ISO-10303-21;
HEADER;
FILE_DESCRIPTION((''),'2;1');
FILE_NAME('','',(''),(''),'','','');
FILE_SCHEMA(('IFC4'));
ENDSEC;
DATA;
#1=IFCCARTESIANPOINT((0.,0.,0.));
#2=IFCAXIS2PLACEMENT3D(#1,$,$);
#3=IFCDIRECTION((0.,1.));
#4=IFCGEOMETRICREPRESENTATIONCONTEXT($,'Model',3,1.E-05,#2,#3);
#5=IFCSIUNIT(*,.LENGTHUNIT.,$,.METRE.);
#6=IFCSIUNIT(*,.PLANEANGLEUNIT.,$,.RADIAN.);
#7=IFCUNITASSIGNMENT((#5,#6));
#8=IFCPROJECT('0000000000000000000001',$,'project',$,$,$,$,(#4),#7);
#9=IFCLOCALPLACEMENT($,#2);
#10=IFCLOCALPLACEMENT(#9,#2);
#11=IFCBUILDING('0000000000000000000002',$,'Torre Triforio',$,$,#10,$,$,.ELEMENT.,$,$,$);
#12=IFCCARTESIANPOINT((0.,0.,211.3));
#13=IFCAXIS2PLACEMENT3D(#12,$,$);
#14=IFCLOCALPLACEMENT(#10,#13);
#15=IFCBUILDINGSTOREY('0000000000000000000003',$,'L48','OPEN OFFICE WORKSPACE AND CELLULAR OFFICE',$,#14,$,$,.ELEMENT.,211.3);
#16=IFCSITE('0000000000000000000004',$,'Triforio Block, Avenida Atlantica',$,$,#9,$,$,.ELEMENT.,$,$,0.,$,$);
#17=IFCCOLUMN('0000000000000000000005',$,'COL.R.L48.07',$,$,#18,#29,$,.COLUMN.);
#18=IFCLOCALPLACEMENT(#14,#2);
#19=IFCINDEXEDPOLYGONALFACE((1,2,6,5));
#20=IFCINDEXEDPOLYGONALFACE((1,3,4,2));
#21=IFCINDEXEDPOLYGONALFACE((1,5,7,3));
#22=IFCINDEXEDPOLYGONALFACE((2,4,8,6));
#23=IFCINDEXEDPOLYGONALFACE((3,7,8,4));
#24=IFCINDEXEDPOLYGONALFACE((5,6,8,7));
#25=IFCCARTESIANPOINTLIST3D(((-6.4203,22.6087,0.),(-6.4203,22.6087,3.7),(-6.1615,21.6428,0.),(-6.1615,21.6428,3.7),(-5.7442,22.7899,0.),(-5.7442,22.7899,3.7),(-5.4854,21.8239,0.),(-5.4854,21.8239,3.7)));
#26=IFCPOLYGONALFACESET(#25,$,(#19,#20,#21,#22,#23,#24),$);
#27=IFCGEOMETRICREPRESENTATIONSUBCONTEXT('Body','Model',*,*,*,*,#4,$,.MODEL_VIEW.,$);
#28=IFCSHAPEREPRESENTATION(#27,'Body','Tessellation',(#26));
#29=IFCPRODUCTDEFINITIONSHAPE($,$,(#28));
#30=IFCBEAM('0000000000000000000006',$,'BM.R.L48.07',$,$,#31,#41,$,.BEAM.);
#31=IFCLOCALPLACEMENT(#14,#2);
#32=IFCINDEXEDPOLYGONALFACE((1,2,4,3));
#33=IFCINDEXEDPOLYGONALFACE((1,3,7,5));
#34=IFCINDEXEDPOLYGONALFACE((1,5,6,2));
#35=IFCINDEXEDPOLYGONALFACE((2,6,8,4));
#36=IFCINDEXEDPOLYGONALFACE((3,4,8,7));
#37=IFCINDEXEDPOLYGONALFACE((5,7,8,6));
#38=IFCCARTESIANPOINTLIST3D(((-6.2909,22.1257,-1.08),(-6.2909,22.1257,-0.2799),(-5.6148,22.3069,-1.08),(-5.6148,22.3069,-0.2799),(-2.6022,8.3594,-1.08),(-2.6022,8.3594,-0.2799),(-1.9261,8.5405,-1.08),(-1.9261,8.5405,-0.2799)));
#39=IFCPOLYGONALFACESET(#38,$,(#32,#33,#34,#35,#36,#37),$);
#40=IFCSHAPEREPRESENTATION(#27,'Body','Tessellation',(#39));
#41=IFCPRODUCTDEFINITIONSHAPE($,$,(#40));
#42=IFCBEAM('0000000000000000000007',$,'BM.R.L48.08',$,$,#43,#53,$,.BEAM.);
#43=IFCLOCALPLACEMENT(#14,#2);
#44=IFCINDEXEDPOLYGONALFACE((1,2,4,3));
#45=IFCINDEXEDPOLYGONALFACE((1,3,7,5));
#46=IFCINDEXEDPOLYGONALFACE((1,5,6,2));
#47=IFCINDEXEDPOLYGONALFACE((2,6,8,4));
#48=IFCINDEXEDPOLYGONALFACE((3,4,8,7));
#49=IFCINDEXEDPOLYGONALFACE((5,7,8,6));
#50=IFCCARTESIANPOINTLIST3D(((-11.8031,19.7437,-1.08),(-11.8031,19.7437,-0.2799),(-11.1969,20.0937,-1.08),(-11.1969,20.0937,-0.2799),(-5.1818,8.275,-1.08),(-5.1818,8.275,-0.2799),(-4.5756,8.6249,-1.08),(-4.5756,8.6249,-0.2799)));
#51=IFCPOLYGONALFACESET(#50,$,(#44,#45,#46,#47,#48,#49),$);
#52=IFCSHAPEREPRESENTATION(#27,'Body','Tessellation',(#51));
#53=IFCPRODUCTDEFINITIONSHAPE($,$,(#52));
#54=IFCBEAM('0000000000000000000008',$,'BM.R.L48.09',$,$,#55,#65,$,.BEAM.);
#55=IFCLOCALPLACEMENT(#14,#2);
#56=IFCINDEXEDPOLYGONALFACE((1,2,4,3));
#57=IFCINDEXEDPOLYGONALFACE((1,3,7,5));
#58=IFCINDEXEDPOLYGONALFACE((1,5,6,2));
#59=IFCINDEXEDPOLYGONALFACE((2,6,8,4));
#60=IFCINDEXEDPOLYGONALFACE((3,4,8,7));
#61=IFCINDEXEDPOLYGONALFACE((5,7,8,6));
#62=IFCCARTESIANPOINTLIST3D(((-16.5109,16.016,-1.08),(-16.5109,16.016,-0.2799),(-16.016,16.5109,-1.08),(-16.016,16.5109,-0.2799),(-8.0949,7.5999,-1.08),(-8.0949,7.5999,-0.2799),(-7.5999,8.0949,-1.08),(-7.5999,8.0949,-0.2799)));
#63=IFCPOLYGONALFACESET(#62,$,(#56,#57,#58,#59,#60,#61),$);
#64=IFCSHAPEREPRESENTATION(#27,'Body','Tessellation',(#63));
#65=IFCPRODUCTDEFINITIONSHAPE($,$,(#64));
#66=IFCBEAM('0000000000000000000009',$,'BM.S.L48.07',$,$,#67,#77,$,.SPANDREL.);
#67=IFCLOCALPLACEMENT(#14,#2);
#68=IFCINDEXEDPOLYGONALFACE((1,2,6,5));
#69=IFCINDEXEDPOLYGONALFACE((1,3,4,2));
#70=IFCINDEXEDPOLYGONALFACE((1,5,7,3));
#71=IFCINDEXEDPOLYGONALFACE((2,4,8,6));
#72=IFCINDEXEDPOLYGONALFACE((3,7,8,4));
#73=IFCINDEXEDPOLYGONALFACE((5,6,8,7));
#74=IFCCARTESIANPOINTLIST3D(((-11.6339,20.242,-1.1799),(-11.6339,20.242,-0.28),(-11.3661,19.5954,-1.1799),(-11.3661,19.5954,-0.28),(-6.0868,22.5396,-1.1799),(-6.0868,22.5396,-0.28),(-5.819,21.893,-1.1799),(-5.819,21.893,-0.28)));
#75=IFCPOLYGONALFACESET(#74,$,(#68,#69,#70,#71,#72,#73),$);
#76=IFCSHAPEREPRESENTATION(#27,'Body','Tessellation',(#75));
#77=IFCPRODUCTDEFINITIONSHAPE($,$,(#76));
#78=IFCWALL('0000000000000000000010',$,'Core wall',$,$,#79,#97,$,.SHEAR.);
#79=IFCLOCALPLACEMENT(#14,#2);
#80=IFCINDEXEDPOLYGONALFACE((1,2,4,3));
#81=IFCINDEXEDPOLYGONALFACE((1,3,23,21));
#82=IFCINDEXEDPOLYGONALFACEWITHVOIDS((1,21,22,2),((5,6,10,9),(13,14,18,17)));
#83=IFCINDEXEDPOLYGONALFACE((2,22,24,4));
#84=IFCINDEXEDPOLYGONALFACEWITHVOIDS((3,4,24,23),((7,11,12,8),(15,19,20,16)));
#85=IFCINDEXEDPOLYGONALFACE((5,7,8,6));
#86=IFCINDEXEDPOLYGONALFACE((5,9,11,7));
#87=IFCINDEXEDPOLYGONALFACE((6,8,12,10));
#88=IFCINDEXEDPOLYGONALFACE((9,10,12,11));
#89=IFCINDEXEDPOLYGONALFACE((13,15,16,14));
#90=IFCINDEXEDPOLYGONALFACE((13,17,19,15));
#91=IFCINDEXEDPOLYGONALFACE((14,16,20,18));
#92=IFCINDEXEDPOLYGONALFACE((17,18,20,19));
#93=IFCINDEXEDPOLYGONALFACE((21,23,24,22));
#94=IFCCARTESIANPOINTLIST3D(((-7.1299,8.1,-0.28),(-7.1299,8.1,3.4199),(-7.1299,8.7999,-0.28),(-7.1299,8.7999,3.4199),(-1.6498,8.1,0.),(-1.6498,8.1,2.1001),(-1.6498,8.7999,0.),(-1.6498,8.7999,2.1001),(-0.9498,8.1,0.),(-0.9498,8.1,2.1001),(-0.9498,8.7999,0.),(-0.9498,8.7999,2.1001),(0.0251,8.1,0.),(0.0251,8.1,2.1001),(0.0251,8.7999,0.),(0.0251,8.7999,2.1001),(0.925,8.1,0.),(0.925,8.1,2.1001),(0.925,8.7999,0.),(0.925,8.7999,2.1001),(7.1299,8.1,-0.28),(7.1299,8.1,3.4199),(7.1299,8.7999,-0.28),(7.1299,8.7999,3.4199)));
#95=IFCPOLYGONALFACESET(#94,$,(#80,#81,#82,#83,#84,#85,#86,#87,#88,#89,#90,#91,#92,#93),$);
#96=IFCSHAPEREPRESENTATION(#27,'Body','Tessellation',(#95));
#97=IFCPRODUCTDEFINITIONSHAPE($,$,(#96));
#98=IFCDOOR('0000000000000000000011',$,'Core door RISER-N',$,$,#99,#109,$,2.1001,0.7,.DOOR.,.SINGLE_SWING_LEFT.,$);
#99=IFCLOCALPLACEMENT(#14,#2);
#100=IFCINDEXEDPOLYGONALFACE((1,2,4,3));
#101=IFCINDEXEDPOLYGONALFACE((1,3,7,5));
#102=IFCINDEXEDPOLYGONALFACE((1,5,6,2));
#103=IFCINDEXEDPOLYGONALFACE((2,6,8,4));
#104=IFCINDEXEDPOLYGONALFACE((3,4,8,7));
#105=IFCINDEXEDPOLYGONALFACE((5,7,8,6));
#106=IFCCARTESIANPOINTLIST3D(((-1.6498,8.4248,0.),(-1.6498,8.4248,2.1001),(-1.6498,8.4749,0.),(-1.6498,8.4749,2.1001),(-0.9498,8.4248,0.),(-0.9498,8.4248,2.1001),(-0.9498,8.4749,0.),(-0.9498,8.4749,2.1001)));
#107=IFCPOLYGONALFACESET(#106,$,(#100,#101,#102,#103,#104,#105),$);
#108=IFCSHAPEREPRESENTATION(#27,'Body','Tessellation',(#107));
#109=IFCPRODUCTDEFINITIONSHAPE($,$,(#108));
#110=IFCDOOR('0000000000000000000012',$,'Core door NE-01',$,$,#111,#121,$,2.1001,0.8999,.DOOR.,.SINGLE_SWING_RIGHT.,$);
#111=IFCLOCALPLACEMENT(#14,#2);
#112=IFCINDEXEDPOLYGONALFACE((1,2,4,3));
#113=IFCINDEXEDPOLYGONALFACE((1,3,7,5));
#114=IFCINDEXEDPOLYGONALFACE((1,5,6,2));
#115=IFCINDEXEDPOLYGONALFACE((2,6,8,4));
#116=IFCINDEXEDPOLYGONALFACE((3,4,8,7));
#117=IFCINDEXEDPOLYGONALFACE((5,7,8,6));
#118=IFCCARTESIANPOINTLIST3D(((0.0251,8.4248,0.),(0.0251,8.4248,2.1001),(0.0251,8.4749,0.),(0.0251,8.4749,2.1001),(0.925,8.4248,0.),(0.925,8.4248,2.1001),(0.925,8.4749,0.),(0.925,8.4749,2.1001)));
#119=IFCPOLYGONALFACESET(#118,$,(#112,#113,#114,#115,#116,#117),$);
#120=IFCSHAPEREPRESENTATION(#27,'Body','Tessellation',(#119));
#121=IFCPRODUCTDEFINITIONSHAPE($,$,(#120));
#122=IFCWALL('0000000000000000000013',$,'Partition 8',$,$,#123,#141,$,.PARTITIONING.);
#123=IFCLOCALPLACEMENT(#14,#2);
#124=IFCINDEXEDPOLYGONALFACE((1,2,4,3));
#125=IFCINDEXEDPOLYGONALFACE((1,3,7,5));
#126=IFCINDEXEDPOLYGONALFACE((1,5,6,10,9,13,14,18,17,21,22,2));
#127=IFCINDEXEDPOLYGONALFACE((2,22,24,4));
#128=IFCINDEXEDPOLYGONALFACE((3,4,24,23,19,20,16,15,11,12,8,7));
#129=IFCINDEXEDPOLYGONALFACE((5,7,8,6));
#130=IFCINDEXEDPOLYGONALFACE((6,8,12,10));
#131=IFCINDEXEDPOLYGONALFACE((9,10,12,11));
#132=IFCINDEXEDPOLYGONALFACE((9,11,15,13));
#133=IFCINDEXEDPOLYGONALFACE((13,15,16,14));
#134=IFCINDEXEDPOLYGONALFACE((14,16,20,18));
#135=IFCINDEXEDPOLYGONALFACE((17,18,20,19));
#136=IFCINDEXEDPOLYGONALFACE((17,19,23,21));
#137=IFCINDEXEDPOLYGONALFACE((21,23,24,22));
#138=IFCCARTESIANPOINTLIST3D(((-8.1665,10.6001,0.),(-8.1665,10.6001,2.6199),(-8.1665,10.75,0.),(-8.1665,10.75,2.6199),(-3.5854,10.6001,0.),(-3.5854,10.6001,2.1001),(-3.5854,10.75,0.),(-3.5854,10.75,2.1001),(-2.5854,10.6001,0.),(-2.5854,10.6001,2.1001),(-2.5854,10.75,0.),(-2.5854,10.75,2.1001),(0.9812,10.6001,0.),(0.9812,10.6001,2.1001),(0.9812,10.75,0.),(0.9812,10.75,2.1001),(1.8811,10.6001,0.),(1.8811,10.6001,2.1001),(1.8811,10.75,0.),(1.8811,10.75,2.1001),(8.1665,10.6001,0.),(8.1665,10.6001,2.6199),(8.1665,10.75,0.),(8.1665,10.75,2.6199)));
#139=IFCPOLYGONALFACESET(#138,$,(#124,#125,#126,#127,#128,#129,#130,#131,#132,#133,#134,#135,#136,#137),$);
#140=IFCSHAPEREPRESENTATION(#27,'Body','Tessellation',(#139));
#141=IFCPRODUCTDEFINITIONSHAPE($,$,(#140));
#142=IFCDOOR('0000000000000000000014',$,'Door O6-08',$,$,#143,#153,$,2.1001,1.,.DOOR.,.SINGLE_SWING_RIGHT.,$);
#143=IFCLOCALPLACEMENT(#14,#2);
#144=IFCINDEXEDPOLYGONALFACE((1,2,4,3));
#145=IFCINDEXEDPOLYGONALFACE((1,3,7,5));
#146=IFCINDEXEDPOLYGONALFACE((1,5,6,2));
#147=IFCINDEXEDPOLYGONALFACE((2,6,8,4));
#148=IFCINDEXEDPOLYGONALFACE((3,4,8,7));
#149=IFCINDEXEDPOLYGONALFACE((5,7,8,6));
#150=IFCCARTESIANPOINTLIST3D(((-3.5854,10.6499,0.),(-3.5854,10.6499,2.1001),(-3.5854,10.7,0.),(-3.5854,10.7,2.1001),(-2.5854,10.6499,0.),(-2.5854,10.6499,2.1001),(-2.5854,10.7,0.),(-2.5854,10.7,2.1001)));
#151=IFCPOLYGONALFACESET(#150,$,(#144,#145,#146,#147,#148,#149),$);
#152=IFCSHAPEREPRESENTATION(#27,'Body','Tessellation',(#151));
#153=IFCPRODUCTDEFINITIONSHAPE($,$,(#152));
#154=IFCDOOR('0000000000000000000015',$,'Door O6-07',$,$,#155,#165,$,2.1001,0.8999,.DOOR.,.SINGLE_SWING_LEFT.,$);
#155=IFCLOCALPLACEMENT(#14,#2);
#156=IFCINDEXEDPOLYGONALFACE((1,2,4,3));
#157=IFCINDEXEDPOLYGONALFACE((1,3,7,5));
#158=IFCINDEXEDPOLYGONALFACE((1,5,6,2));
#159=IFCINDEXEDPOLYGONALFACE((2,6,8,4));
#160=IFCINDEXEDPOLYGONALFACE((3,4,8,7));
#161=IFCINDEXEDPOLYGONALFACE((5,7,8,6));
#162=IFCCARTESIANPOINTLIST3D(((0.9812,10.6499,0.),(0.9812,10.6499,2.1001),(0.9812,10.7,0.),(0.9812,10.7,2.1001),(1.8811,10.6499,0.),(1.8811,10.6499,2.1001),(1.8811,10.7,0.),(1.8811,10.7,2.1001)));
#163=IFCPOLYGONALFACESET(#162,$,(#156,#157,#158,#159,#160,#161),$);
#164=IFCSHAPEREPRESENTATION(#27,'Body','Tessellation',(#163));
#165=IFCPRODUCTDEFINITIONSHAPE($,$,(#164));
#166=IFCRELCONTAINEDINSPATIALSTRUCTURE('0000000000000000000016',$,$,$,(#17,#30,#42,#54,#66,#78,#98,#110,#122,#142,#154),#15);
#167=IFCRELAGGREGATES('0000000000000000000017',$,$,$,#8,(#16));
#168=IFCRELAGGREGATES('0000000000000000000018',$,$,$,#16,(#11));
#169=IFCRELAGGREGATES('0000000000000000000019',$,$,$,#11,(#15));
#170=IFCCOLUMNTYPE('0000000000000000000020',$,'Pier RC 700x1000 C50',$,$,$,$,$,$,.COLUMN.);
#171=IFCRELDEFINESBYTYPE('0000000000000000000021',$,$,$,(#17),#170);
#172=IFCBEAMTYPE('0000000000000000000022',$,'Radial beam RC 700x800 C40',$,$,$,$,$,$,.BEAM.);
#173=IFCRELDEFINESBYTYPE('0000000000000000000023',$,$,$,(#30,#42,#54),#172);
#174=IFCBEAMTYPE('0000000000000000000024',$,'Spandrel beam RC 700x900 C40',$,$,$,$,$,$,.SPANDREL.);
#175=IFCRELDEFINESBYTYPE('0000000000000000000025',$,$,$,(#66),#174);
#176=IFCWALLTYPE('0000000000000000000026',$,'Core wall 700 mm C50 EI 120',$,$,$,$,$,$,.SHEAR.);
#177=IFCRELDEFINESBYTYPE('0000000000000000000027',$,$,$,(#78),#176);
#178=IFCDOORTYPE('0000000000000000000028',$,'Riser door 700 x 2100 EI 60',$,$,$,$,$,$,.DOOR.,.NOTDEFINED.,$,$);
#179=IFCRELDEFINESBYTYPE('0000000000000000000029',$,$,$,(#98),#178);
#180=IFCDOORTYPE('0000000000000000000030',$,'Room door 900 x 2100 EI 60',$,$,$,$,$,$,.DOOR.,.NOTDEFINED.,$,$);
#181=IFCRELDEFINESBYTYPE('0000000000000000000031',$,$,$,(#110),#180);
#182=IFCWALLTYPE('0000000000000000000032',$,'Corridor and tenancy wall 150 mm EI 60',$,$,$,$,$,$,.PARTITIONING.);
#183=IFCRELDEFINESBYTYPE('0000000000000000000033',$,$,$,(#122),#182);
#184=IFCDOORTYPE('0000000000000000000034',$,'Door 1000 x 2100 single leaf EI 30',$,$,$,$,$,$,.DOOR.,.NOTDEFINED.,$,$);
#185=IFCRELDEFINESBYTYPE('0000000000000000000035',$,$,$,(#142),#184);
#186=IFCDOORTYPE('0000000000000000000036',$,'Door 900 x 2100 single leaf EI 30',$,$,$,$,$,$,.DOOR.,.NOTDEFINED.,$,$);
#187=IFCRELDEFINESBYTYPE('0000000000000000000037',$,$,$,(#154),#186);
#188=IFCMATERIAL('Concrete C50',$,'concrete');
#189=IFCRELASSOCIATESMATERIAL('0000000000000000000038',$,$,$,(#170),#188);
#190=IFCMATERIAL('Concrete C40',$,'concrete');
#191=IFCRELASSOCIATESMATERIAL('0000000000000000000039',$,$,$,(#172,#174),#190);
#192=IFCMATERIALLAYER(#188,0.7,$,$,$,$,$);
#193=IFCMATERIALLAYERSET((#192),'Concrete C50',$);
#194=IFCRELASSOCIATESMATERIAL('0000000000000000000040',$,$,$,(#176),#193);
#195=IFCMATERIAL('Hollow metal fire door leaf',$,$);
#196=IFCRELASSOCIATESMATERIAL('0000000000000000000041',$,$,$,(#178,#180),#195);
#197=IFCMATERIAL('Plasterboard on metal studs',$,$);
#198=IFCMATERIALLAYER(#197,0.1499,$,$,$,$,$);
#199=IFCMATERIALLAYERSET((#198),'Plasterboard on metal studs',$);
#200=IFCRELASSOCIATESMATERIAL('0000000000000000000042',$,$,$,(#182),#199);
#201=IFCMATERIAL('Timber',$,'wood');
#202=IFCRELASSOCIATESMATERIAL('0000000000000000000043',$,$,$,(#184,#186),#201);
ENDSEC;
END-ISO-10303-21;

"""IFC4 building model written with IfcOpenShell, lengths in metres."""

from ifc_helpers import new_model, si_unit, direction, frame, frame_2d, origin, origin_2d, place, context, subcontext, project, spatial, rectangle, extrude, material, layer, layer_set, material_profile, profile_set, type_object, element, fill, save


model = new_model("IFC4")

# Units and contexts
model_context = context("Model", 3, precision=1e-05, world=origin(), true_north=direction((0.0, 1.0)))
body_context = subcontext(model_context, "Body", "Model", "MODEL_VIEW")
ifc_project = project(units=[si_unit("LENGTHUNIT", "METRE"), si_unit("PLANEANGLEUNIT", "RADIAN")], contexts=[model_context])

# Site, building, storey
site_placement = place(None, origin())
site = spatial("IfcSite", under=ifc_project, at=site_placement, Name="Triforio Block, Avenida Atlantica", CompositionType="ELEMENT", RefElevation=0.0)
building_placement = place(site_placement, origin())
building = spatial("IfcBuilding", under=site, at=building_placement, Name="Torre Triforio", CompositionType="ELEMENT")
storey_placement = place(building_placement, frame((0.0, 0.0, 211.3)))
storey = spatial("IfcBuildingStorey", under=building, at=storey_placement, Name="L48", Description="OPEN OFFICE WORKSPACE AND CELLULAR OFFICE", CompositionType="ELEMENT", Elevation=211.3)

# Column
ifc_material_1 = material(Name="Concrete C50", Category="concrete")
ifc_material_profile_1 = material_profile(ifc_material_1, rectangle(XDim=0.7, YDim=1.0, at=origin_2d()), Name="RC 700x1000")
ifc_profile_set_1 = profile_set([ifc_material_profile_1], Name="Concrete C50")
column_type = type_object("IfcColumnType", Name="Pier RC 700x1000 C50", PredefinedType="COLUMN", material=ifc_profile_set_1)
column_placement = place(storey_placement, frame((-5.9529, 22.2163, 0.0), z_axis=(0.0, 0.0, 1.0), x_axis=(-0.965926, -0.258819, 0.0)))
element("IfcColumn", 1, at=column_placement, inside=storey, type_object=column_type, Name="COL.R.L48.07", PredefinedType="COLUMN", context=body_context, shape_type="SweptSolid", body=[
    extrude(rectangle(XDim=0.7, YDim=1.0, at=origin_2d()), origin(), (0.0, 0.0, 1.0), 3.7),
])

# Beams
ifc_material_2 = material(Name="Concrete C40", Category="concrete")
ifc_material_profile_2 = material_profile(ifc_material_2, rectangle(XDim=0.7, YDim=0.8, at=origin_2d()), Name="RC 700x800")
ifc_profile_set_2 = profile_set([ifc_material_profile_2], Name="Concrete C40")
beam_type_1 = type_object("IfcBeamType", Name="Radial beam RC 700x800 C40", PredefinedType="BEAM", material=ifc_profile_set_2)
beam_1_placement = place(storey_placement, frame((-2.2642, 8.45, -0.6799), z_axis=(-0.258821, 0.965925, 0.0), x_axis=(-0.965925, -0.258821, 0.0)))
element("IfcBeam", 2, at=beam_1_placement, inside=storey, type_object=beam_type_1, Name="BM.R.L48.07", PredefinedType="BEAM", context=body_context, shape_type="SweptSolid", body=[
    extrude(rectangle(XDim=0.7, YDim=0.8, at=origin_2d()), origin(), (0.0, 0.0, 1.0), 14.252),
])
beam_2_placement = place(storey_placement, frame((-4.8787, 8.45, -0.6799), z_axis=(-0.499992, 0.86603, 0.0), x_axis=(-0.86603, -0.499992, 0.0)))
element("IfcBeam", 3, at=beam_2_placement, inside=storey, type_object=beam_type_1, Name="BM.R.L48.08", PredefinedType="BEAM", context=body_context, shape_type="SweptSolid", body=[
    extrude(rectangle(XDim=0.7, YDim=0.8, at=origin_2d()), origin(), (0.0, 0.0, 1.0), 13.2429),
])
beam_3_placement = place(storey_placement, frame((-7.8474, 7.8474, -0.6799), z_axis=(-0.707107, 0.707107, 0.0), x_axis=(-0.707107, -0.707107, 0.0)))
element("IfcBeam", 4, at=beam_3_placement, inside=storey, type_object=beam_type_1, Name="BM.R.L48.09", PredefinedType="BEAM", context=body_context, shape_type="SweptSolid", body=[
    extrude(rectangle(XDim=0.7, YDim=0.8, at=origin_2d()), origin(), (0.0, 0.0, 1.0), 11.9021),
])
ifc_material_profile_3 = material_profile(ifc_material_2, rectangle(XDim=0.7, YDim=0.8999, at=origin_2d()), Name="RC 700x900")
ifc_profile_set_3 = profile_set([ifc_material_profile_3], Name="Concrete C40")
beam_type_2 = type_object("IfcBeamType", Name="Spandrel beam RC 700x900 C40", PredefinedType="SPANDREL", material=ifc_profile_set_3)
beam_4_placement = place(storey_placement, frame((-5.9529, 22.2163, -0.73), z_axis=(-0.923885, -0.382671, 0.0), x_axis=(0.382671, -0.923885, 0.0)))
element("IfcBeam", 5, at=beam_4_placement, inside=storey, type_object=beam_type_2, Name="BM.S.L48.07", PredefinedType="SPANDREL", context=body_context, shape_type="SweptSolid", body=[
    extrude(rectangle(XDim=0.7, YDim=0.8999, at=origin_2d()), origin(), (0.0, 0.0, 1.0), 6.0042),
])

# Walls, openings, doors
ifc_layer_1 = layer(ifc_material_1, 0.7)
ifc_layer_set_1 = layer_set([ifc_layer_1], Name="Concrete C50")
wall_type_1 = type_object("IfcWallType", Name="Core wall 700 mm C50 EI 120", PredefinedType="SHEAR", material=ifc_layer_set_1)
wall_1_placement = place(storey_placement, frame((-7.1299, 8.45, -0.28), z_axis=(0.0, 0.0, 1.0), x_axis=(1.0, 0.0, 0.0)))
wall_1 = element("IfcWall", 6, at=wall_1_placement, inside=storey, type_object=wall_type_1, Name="Core wall", PredefinedType="SHEAR", context=body_context, shape_type="SweptSolid", body=[
    extrude(rectangle(XDim=14.2598, YDim=0.7, at=frame_2d((7.1299, 0.0))), origin(), (0.0, 0.0, 1.0), 3.7),
])
opening_1_placement = place(wall_1_placement, frame((5.48, 0.0, 0.28)))
opening_1 = element("IfcOpeningElement", 7, at=opening_1_placement, cuts=wall_1, PredefinedType="OPENING", context=body_context, shape_type="SweptSolid", body=[
    extrude(rectangle(XDim=0.7, YDim=2.1001, at=frame_2d((0.3501, 1.05))), frame((0.0, 0.3599, 0.0), z_axis=(0.0, -1.0, 0.0), x_axis=(1.0, 0.0, 0.0)), (0.0, 0.0, 1.0), 0.72),
])
opening_2_placement = place(wall_1_placement, frame((7.155, 0.0, 0.28)))
opening_2 = element("IfcOpeningElement", 8, at=opening_2_placement, cuts=wall_1, PredefinedType="OPENING", context=body_context, shape_type="SweptSolid", body=[
    extrude(rectangle(XDim=0.8999, YDim=2.1001, at=frame_2d((0.45, 1.05))), frame((0.0, 0.3599, 0.0), z_axis=(0.0, -1.0, 0.0), x_axis=(1.0, 0.0, 0.0)), (0.0, 0.0, 1.0), 0.72),
])
ifc_material_3 = material(Name="Hollow metal fire door leaf")
door_type_1 = type_object("IfcDoorType", Name="Riser door 700 x 2100 EI 60", OperationType="NOTDEFINED", PredefinedType="DOOR", material=ifc_material_3)
door_1_placement = place(opening_1_placement, origin())
door_1 = element("IfcDoor", 9, at=door_1_placement, inside=storey, type_object=door_type_1, Name="Core door RISER-N", OperationType="SINGLE_SWING_LEFT", OverallHeight=2.1001, OverallWidth=0.7, PredefinedType="DOOR", context=body_context, shape_type="SweptSolid", body=[
    extrude(rectangle(XDim=0.7, YDim=2.1001, at=frame_2d((0.3501, 1.05))), frame((0.0, 0.0249, 0.0), z_axis=(0.0, -1.0, 0.0), x_axis=(1.0, 0.0, 0.0)), (0.0, 0.0, 1.0), 0.05),
])
fill(opening_1, door_1)
door_type_2 = type_object("IfcDoorType", Name="Room door 900 x 2100 EI 60", OperationType="NOTDEFINED", PredefinedType="DOOR", material=ifc_material_3)
door_2_placement = place(opening_2_placement, origin())
door_2 = element("IfcDoor", 10, at=door_2_placement, inside=storey, type_object=door_type_2, Name="Core door NE-01", OperationType="SINGLE_SWING_RIGHT", OverallHeight=2.1001, OverallWidth=0.8999, PredefinedType="DOOR", context=body_context, shape_type="SweptSolid", body=[
    extrude(rectangle(XDim=0.8999, YDim=2.1001, at=frame_2d((0.45, 1.05))), frame((0.0, 0.0249, 0.0), z_axis=(0.0, -1.0, 0.0), x_axis=(1.0, 0.0, 0.0)), (0.0, 0.0, 1.0), 0.05),
])
fill(opening_2, door_2)
ifc_material_4 = material(Name="Plasterboard on metal studs")
ifc_layer_2 = layer(ifc_material_4, 0.1499)
ifc_layer_set_2 = layer_set([ifc_layer_2], Name="Plasterboard on metal studs")
wall_type_2 = type_object("IfcWallType", Name="Corridor and tenancy wall 150 mm EI 60", PredefinedType="PARTITIONING", material=ifc_layer_set_2)
wall_2_placement = place(storey_placement, frame((-8.1665, 10.675, 0.0), z_axis=(0.0, 0.0, 1.0), x_axis=(1.0, 0.0, 0.0)))
wall_2 = element("IfcWall", 11, at=wall_2_placement, inside=storey, type_object=wall_type_2, Name="Partition 8", PredefinedType="PARTITIONING", context=body_context, shape_type="SweptSolid", body=[
    extrude(rectangle(XDim=16.333, YDim=0.1499, at=frame_2d((8.1665, 0.0))), origin(), (0.0, 0.0, 1.0), 2.6199),
])
opening_3_placement = place(wall_2_placement, frame((9.1477, 0.0, 0.0)))
opening_3 = element("IfcOpeningElement", 12, at=opening_3_placement, cuts=wall_2, PredefinedType="OPENING", context=body_context, shape_type="SweptSolid", body=[
    extrude(rectangle(XDim=0.8999, YDim=2.1001, at=frame_2d((0.45, 1.05))), frame((0.0, 0.085, 0.0), z_axis=(0.0, -1.0, 0.0), x_axis=(1.0, 0.0, 0.0)), (0.0, 0.0, 1.0), 0.1699),
])
opening_4_placement = place(wall_2_placement, frame((4.5811, 0.0, 0.0)))
opening_4 = element("IfcOpeningElement", 13, at=opening_4_placement, cuts=wall_2, PredefinedType="OPENING", context=body_context, shape_type="SweptSolid", body=[
    extrude(rectangle(XDim=1.0, YDim=2.1001, at=frame_2d((0.5, 1.05))), frame((0.0, 0.085, 0.0), z_axis=(0.0, -1.0, 0.0), x_axis=(1.0, 0.0, 0.0)), (0.0, 0.0, 1.0), 0.1699),
])
ifc_material_5 = material(Name="Timber", Category="wood")
door_type_3 = type_object("IfcDoorType", Name="Door 1000 x 2100 single leaf EI 30", OperationType="NOTDEFINED", PredefinedType="DOOR", material=ifc_material_5)
door_3_placement = place(opening_4_placement, origin())
door_3 = element("IfcDoor", 14, at=door_3_placement, inside=storey, type_object=door_type_3, Name="Door O6-08", OperationType="SINGLE_SWING_RIGHT", OverallHeight=2.1001, OverallWidth=1.0, PredefinedType="DOOR", context=body_context, shape_type="SweptSolid", body=[
    extrude(rectangle(XDim=1.0, YDim=2.1001, at=frame_2d((0.5, 1.05))), frame((0.0, 0.0249, 0.0), z_axis=(0.0, -1.0, 0.0), x_axis=(1.0, 0.0, 0.0)), (0.0, 0.0, 1.0), 0.05),
])
fill(opening_4, door_3)
door_type_4 = type_object("IfcDoorType", Name="Door 900 x 2100 single leaf EI 30", OperationType="NOTDEFINED", PredefinedType="DOOR", material=ifc_material_5)
door_4_placement = place(opening_3_placement, origin())
door_4 = element("IfcDoor", 15, at=door_4_placement, inside=storey, type_object=door_type_4, Name="Door O6-07", OperationType="SINGLE_SWING_LEFT", OverallHeight=2.1001, OverallWidth=0.8999, PredefinedType="DOOR", context=body_context, shape_type="SweptSolid", body=[
    extrude(rectangle(XDim=0.8999, YDim=2.1001, at=frame_2d((0.45, 1.05))), frame((0.0, 0.0249, 0.0), z_axis=(0.0, -1.0, 0.0), x_axis=(1.0, 0.0, 0.0)), (0.0, 0.0, 1.0), 0.05),
])
fill(opening_3, door_4)

save(model, "model.ifc")
